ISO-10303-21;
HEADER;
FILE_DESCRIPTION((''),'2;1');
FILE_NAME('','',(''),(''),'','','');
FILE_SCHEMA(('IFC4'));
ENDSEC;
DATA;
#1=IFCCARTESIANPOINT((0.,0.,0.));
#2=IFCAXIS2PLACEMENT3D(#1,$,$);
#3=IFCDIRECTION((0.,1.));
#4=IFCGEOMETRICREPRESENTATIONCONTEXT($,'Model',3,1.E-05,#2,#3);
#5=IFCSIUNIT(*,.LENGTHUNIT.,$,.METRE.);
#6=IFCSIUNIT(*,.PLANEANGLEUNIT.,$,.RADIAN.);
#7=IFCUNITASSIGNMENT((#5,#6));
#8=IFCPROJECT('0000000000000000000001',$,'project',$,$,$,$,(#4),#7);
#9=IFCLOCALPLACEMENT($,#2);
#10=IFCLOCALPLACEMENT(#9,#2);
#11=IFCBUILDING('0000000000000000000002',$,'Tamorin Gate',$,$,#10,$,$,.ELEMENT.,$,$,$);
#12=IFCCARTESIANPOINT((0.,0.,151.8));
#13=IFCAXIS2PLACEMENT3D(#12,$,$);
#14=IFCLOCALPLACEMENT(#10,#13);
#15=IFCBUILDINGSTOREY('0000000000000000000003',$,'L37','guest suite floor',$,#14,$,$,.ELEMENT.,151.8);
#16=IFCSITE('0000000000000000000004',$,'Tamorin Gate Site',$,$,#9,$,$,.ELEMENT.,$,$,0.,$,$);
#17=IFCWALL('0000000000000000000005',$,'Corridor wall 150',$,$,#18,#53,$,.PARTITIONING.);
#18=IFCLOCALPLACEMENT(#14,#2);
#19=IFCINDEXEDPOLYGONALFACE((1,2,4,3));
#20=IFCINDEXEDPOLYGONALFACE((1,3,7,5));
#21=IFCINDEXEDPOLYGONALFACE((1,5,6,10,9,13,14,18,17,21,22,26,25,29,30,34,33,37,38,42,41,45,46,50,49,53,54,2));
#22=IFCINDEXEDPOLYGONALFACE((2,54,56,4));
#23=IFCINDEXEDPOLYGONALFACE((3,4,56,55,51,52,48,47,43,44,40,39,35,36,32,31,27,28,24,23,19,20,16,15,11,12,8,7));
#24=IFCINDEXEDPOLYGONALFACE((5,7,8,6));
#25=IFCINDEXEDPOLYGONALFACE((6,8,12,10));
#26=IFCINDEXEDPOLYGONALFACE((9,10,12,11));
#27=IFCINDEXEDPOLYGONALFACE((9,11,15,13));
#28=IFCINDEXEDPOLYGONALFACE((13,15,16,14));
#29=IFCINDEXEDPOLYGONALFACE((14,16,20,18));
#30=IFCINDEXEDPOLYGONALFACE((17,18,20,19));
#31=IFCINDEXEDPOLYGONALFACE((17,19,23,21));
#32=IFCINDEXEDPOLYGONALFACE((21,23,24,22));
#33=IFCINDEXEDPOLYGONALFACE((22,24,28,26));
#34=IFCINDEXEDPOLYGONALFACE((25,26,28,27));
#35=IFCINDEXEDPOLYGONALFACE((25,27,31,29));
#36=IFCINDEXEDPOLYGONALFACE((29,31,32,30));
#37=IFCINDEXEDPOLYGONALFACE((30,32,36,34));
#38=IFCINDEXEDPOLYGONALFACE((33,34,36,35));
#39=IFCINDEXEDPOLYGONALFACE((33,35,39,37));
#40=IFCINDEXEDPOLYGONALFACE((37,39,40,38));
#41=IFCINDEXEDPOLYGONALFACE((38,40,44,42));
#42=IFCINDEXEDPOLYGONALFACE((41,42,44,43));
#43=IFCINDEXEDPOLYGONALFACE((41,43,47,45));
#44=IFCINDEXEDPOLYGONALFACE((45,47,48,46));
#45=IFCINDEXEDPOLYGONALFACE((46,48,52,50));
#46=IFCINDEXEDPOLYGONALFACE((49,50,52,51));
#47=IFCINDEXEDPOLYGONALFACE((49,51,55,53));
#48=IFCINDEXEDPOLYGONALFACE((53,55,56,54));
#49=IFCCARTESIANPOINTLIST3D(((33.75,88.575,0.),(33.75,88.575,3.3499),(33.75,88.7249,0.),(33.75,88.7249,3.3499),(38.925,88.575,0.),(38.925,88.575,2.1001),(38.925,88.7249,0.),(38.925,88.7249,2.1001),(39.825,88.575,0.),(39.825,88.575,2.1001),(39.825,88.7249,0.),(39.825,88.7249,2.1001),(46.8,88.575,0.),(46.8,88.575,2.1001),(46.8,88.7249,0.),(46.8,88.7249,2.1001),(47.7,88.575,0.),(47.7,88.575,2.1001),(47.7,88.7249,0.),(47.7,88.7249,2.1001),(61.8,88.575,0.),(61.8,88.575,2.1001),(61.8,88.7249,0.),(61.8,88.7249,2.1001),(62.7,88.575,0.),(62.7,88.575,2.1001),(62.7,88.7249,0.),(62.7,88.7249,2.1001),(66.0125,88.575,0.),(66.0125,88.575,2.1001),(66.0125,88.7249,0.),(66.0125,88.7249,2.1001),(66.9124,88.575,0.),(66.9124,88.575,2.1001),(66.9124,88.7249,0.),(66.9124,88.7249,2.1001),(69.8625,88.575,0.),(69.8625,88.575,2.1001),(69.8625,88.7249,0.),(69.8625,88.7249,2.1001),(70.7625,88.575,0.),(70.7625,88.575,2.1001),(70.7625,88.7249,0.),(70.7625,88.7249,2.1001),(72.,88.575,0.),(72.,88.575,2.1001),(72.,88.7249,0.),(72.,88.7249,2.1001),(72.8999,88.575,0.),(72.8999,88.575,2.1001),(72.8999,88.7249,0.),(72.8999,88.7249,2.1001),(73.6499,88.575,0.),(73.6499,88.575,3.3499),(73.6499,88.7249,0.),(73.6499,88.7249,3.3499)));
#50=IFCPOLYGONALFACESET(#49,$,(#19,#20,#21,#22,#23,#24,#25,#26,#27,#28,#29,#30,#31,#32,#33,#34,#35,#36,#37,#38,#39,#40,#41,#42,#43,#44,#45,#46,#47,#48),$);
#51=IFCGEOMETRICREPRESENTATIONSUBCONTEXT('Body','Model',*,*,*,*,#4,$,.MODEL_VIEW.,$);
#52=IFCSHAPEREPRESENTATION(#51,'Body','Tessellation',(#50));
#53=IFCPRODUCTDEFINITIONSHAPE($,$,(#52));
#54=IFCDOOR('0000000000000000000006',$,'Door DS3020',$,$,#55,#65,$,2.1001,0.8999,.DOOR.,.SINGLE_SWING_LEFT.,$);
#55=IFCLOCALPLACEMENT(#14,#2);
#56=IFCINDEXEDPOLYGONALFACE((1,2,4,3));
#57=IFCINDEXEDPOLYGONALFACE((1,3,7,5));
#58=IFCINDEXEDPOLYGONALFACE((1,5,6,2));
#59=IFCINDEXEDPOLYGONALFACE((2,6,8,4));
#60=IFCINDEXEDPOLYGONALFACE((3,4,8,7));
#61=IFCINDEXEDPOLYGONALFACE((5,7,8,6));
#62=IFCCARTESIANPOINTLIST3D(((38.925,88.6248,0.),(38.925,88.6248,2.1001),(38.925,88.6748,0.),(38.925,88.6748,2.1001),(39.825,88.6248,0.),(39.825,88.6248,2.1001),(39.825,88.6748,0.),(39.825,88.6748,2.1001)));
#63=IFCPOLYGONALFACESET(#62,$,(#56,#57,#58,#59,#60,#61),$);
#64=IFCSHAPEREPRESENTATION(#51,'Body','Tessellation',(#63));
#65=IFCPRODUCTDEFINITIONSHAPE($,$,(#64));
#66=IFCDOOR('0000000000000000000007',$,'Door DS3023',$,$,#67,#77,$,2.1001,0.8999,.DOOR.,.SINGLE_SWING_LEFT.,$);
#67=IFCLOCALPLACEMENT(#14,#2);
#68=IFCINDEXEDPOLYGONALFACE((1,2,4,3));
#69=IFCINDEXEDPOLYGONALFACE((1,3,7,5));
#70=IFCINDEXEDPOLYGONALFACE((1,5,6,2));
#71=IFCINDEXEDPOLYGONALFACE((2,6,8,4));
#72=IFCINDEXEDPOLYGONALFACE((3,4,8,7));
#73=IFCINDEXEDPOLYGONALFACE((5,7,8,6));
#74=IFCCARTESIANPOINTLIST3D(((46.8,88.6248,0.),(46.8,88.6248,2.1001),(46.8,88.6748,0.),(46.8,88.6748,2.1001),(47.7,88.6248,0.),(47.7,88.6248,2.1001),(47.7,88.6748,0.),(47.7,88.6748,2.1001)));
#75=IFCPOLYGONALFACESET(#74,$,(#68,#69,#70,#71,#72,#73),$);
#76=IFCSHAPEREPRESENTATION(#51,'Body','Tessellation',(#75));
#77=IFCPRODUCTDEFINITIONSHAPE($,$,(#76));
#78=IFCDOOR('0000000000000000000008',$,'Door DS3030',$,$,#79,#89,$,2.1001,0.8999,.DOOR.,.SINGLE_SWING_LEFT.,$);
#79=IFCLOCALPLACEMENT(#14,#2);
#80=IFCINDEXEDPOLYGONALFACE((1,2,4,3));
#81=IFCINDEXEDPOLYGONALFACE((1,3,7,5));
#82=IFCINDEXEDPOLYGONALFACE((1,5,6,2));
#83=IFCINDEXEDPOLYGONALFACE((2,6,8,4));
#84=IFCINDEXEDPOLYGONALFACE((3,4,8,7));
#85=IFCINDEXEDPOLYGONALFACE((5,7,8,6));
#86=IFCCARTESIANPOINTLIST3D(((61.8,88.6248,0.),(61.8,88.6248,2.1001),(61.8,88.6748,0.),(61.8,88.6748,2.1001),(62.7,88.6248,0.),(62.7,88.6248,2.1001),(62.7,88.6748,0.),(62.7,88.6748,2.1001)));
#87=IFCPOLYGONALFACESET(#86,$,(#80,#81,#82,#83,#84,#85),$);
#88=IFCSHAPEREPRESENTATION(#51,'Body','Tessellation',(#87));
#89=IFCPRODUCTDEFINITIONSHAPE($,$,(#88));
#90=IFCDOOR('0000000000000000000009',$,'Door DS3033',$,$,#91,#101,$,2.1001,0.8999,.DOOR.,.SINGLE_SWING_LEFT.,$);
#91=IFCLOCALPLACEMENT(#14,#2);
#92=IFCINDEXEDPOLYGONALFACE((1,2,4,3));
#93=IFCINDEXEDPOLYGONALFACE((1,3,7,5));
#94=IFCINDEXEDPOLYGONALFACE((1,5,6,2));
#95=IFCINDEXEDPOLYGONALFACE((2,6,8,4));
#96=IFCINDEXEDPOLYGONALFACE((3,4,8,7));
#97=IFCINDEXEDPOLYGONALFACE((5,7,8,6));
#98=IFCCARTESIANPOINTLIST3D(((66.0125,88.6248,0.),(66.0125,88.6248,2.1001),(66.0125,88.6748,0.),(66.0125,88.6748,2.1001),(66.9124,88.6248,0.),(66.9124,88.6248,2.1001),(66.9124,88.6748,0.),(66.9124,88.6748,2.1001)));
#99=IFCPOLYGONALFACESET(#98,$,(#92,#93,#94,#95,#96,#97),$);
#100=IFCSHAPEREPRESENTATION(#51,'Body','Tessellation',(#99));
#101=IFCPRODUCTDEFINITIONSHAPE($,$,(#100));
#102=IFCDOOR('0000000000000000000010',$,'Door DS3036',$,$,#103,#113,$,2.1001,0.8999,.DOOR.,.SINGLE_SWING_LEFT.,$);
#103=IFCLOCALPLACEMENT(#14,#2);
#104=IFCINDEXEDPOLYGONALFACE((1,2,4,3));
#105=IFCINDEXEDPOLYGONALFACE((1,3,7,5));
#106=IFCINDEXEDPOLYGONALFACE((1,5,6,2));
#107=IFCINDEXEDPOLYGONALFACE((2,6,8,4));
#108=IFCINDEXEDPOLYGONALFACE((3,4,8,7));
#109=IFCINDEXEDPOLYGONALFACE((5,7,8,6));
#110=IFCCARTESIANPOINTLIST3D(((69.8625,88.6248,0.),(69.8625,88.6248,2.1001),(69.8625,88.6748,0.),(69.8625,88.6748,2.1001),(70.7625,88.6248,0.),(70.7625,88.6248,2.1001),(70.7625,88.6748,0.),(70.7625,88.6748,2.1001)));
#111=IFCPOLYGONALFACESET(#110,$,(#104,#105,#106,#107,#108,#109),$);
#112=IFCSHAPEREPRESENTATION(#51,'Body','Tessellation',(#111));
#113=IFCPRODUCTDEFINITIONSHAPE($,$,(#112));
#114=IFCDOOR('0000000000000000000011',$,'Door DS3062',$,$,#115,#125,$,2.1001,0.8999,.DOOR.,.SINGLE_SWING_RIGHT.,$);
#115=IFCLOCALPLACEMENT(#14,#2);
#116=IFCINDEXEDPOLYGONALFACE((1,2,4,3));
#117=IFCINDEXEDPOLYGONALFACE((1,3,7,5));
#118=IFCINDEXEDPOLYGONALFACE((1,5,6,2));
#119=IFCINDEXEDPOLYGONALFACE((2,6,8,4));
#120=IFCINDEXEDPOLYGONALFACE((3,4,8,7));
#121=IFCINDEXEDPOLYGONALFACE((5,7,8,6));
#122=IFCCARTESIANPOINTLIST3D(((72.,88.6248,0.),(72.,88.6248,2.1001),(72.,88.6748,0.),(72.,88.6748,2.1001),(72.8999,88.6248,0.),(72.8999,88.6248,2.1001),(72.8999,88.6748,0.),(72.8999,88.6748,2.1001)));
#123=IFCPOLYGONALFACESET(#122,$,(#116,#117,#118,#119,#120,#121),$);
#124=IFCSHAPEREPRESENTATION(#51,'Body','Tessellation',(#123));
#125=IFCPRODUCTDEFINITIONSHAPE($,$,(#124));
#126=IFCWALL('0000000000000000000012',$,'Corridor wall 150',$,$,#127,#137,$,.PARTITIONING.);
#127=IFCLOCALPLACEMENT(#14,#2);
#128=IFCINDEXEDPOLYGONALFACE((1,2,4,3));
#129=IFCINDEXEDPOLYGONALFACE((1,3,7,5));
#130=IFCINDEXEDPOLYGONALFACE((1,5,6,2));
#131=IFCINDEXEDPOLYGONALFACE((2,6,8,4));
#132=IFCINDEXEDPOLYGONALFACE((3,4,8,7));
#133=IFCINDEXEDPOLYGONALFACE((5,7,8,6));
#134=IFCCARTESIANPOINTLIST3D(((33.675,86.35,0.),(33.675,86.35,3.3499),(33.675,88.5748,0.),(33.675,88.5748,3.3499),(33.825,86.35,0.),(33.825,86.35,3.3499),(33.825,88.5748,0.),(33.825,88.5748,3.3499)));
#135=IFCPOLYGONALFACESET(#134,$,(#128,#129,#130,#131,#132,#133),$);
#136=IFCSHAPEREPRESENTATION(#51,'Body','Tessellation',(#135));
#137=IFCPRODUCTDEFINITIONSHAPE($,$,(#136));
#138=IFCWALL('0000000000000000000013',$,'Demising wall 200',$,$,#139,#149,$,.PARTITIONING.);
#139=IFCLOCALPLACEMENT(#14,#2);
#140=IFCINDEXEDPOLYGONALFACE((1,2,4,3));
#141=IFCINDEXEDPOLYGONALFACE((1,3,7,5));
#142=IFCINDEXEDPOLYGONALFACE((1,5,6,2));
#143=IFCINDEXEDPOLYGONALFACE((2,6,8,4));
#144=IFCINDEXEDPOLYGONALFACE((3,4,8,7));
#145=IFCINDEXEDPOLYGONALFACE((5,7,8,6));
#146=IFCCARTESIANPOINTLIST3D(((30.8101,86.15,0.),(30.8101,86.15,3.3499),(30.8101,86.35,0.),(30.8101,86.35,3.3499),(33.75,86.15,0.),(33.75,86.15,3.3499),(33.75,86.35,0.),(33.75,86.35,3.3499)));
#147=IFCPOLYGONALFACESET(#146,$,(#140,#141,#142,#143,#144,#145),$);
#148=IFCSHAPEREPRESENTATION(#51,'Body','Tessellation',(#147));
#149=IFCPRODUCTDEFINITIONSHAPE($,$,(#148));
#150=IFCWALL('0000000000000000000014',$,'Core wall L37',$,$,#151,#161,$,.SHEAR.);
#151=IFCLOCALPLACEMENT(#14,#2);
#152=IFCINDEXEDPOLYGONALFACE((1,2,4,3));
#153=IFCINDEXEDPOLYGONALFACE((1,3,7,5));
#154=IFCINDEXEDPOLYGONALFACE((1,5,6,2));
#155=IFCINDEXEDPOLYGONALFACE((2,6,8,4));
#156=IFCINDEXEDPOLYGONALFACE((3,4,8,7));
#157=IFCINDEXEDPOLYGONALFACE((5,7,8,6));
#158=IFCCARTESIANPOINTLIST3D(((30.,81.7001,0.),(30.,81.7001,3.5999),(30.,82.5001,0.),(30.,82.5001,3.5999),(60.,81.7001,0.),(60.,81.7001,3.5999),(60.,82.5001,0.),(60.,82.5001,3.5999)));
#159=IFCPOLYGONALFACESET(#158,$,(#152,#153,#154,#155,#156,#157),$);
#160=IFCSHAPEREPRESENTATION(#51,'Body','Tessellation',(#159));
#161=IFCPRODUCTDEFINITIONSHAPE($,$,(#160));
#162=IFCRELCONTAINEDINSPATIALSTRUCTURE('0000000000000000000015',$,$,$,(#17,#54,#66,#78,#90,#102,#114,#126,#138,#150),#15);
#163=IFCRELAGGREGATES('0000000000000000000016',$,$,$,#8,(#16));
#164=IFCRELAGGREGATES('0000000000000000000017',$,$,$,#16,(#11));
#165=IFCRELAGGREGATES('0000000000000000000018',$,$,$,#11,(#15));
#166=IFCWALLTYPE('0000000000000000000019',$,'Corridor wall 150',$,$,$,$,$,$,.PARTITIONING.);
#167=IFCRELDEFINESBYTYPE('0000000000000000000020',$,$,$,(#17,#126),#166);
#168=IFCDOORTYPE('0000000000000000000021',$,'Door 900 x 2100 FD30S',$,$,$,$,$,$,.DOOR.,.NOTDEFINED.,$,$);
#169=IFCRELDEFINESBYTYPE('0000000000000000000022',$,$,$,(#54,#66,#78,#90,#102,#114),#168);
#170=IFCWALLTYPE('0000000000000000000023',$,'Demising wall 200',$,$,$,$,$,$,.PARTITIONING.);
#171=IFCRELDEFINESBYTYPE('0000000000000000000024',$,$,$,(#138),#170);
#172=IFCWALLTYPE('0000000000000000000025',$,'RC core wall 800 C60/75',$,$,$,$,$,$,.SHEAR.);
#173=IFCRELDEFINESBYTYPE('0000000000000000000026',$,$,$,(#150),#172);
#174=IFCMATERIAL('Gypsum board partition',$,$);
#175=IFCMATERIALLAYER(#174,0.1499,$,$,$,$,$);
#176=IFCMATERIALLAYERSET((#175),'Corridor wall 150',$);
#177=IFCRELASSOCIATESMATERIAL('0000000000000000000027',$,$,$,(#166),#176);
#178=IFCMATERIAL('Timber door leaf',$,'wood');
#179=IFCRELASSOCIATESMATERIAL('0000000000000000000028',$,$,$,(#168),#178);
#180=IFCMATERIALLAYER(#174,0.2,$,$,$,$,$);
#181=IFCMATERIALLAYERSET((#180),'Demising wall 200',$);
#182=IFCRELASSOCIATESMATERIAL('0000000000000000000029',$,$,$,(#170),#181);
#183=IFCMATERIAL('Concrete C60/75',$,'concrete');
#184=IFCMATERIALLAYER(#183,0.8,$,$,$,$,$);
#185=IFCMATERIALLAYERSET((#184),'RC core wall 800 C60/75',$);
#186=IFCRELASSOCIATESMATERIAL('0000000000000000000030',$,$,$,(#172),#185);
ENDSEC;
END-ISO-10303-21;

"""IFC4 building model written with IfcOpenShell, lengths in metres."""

from ifc_helpers import new_model, si_unit, direction, frame, frame_2d, origin, place, context, subcontext, project, spatial, rectangle, extrude, material, layer, layer_set, type_object, element, fill, save


model = new_model("IFC4")

# Units and contexts
model_context = context("Model", 3, precision=1e-05, world=origin(), true_north=direction((0.0, 1.0)))
body_context = subcontext(model_context, "Body", "Model", "MODEL_VIEW")
ifc_project = project(units=[si_unit("LENGTHUNIT", "METRE"), si_unit("PLANEANGLEUNIT", "RADIAN")], contexts=[model_context])

# Site, building, storey
site_placement = place(None, origin())
site = spatial("IfcSite", under=ifc_project, at=site_placement, Name="Tamorin Gate Site", CompositionType="ELEMENT", RefElevation=0.0)
building_placement = place(site_placement, origin())
building = spatial("IfcBuilding", under=site, at=building_placement, Name="Tamorin Gate", CompositionType="ELEMENT")
storey_placement = place(building_placement, frame((0.0, 0.0, 151.8)))
storey = spatial("IfcBuildingStorey", under=building, at=storey_placement, Name="L37", Description="guest suite floor", CompositionType="ELEMENT", Elevation=151.8)

# Shared definitions
ifc_material_1 = material(Name="Gypsum board partition")
ifc_layer_1 = layer(ifc_material_1, 0.1499)
ifc_layer_set_1 = layer_set([ifc_layer_1], Name="Corridor wall 150")
wall_type_1 = type_object("IfcWallType", Name="Corridor wall 150", PredefinedType="PARTITIONING", material=ifc_layer_set_1)
ifc_material_2 = material(Name="Timber door leaf", Category="wood")
door_type_1 = type_object("IfcDoorType", Name="Door 900 x 2100 FD30S", OperationType="NOTDEFINED", PredefinedType="DOOR", material=ifc_material_2)

# Wall, openings, doors
wall_1_placement = place(storey_placement, frame((33.75, 88.6499, 0.0), z_axis=(0.0, 0.0, 1.0), x_axis=(1.0, 0.0, 0.0)))
wall_1 = element("IfcWall", 1, at=wall_1_placement, inside=storey, type_object=wall_type_1, Name="Corridor wall 150", PredefinedType="PARTITIONING", context=body_context, shape_type="SweptSolid", body=[
    extrude(rectangle(XDim=39.8999, YDim=0.1499, at=frame_2d((19.95, 0.0))), origin(), (0.0, 0.0, 1.0), 3.3499),
])
opening_1_placement = place(wall_1_placement, frame((5.175, 0.0, 0.0)))
opening_1 = element("IfcOpeningElement", 2, at=opening_1_placement, cuts=wall_1, PredefinedType="OPENING", context=body_context, shape_type="SweptSolid", body=[
    extrude(rectangle(XDim=0.8999, YDim=2.1001, at=frame_2d((0.45, 1.05))), frame((0.0, 0.085, 0.0), z_axis=(0.0, -1.0, 0.0), x_axis=(1.0, 0.0, 0.0)), (0.0, 0.0, 1.0), 0.1699),
])
opening_2_placement = place(wall_1_placement, frame((13.05, 0.0, 0.0)))
opening_2 = element("IfcOpeningElement", 3, at=opening_2_placement, cuts=wall_1, PredefinedType="OPENING", context=body_context, shape_type="SweptSolid", body=[
    extrude(rectangle(XDim=0.8999, YDim=2.1001, at=frame_2d((0.45, 1.05))), frame((0.0, 0.085, 0.0), z_axis=(0.0, -1.0, 0.0), x_axis=(1.0, 0.0, 0.0)), (0.0, 0.0, 1.0), 0.1699),
])
opening_3_placement = place(wall_1_placement, frame((28.05, 0.0, 0.0)))
opening_3 = element("IfcOpeningElement", 4, at=opening_3_placement, cuts=wall_1, PredefinedType="OPENING", context=body_context, shape_type="SweptSolid", body=[
    extrude(rectangle(XDim=0.8999, YDim=2.1001, at=frame_2d((0.45, 1.05))), frame((0.0, 0.085, 0.0), z_axis=(0.0, -1.0, 0.0), x_axis=(1.0, 0.0, 0.0)), (0.0, 0.0, 1.0), 0.1699),
])
opening_4_placement = place(wall_1_placement, frame((32.2625, 0.0, 0.0)))
opening_4 = element("IfcOpeningElement", 5, at=opening_4_placement, cuts=wall_1, PredefinedType="OPENING", context=body_context, shape_type="SweptSolid", body=[
    extrude(rectangle(XDim=0.8999, YDim=2.1001, at=frame_2d((0.45, 1.05))), frame((0.0, 0.085, 0.0), z_axis=(0.0, -1.0, 0.0), x_axis=(1.0, 0.0, 0.0)), (0.0, 0.0, 1.0), 0.1699),
])
opening_5_placement = place(wall_1_placement, frame((36.1125, 0.0, 0.0)))
opening_5 = element("IfcOpeningElement", 6, at=opening_5_placement, cuts=wall_1, PredefinedType="OPENING", context=body_context, shape_type="SweptSolid", body=[
    extrude(rectangle(XDim=0.8999, YDim=2.1001, at=frame_2d((0.45, 1.05))), frame((0.0, 0.085, 0.0), z_axis=(0.0, -1.0, 0.0), x_axis=(1.0, 0.0, 0.0)), (0.0, 0.0, 1.0), 0.1699),
])
opening_6_placement = place(wall_1_placement, frame((38.25, 0.0, 0.0)))
opening_6 = element("IfcOpeningElement", 7, at=opening_6_placement, cuts=wall_1, PredefinedType="OPENING", context=body_context, shape_type="SweptSolid", body=[
    extrude(rectangle(XDim=0.8999, YDim=2.1001, at=frame_2d((0.45, 1.05))), frame((0.0, 0.085, 0.0), z_axis=(0.0, -1.0, 0.0), x_axis=(1.0, 0.0, 0.0)), (0.0, 0.0, 1.0), 0.1699),
])
door_1_placement = place(opening_1_placement, origin())
door_1 = element("IfcDoor", 8, at=door_1_placement, inside=storey, type_object=door_type_1, Name="Door DS3020", OperationType="SINGLE_SWING_LEFT", OverallHeight=2.1001, OverallWidth=0.8999, PredefinedType="DOOR", context=body_context, shape_type="SweptSolid", body=[
    extrude(rectangle(XDim=0.8999, YDim=2.1001, at=frame_2d((0.45, 1.05))), frame((0.0, 0.0249, 0.0), z_axis=(0.0, -1.0, 0.0), x_axis=(1.0, 0.0, 0.0)), (0.0, 0.0, 1.0), 0.05),
])
fill(opening_1, door_1)
door_2_placement = place(opening_2_placement, origin())
door_2 = element("IfcDoor", 9, at=door_2_placement, inside=storey, type_object=door_type_1, Name="Door DS3023", OperationType="SINGLE_SWING_LEFT", OverallHeight=2.1001, OverallWidth=0.8999, PredefinedType="DOOR", context=body_context, shape_type="SweptSolid", body=[
    extrude(rectangle(XDim=0.8999, YDim=2.1001, at=frame_2d((0.45, 1.05))), frame((0.0, 0.0249, 0.0), z_axis=(0.0, -1.0, 0.0), x_axis=(1.0, 0.0, 0.0)), (0.0, 0.0, 1.0), 0.05),
])
fill(opening_2, door_2)
door_3_placement = place(opening_3_placement, origin())
door_3 = element("IfcDoor", 10, at=door_3_placement, inside=storey, type_object=door_type_1, Name="Door DS3030", OperationType="SINGLE_SWING_LEFT", OverallHeight=2.1001, OverallWidth=0.8999, PredefinedType="DOOR", context=body_context, shape_type="SweptSolid", body=[
    extrude(rectangle(XDim=0.8999, YDim=2.1001, at=frame_2d((0.45, 1.05))), frame((0.0, 0.0249, 0.0), z_axis=(0.0, -1.0, 0.0), x_axis=(1.0, 0.0, 0.0)), (0.0, 0.0, 1.0), 0.05),
])
fill(opening_3, door_3)
door_4_placement = place(opening_4_placement, origin())
door_4 = element("IfcDoor", 11, at=door_4_placement, inside=storey, type_object=door_type_1, Name="Door DS3033", OperationType="SINGLE_SWING_LEFT", OverallHeight=2.1001, OverallWidth=0.8999, PredefinedType="DOOR", context=body_context, shape_type="SweptSolid", body=[
    extrude(rectangle(XDim=0.8999, YDim=2.1001, at=frame_2d((0.45, 1.05))), frame((0.0, 0.0249, 0.0), z_axis=(0.0, -1.0, 0.0), x_axis=(1.0, 0.0, 0.0)), (0.0, 0.0, 1.0), 0.05),
])
fill(opening_4, door_4)
door_5_placement = place(opening_5_placement, origin())
door_5 = element("IfcDoor", 12, at=door_5_placement, inside=storey, type_object=door_type_1, Name="Door DS3036", OperationType="SINGLE_SWING_LEFT", OverallHeight=2.1001, OverallWidth=0.8999, PredefinedType="DOOR", context=body_context, shape_type="SweptSolid", body=[
    extrude(rectangle(XDim=0.8999, YDim=2.1001, at=frame_2d((0.45, 1.05))), frame((0.0, 0.0249, 0.0), z_axis=(0.0, -1.0, 0.0), x_axis=(1.0, 0.0, 0.0)), (0.0, 0.0, 1.0), 0.05),
])
fill(opening_5, door_5)
door_6_placement = place(opening_6_placement, origin())
door_6 = element("IfcDoor", 13, at=door_6_placement, inside=storey, type_object=door_type_1, Name="Door DS3062", OperationType="SINGLE_SWING_RIGHT", OverallHeight=2.1001, OverallWidth=0.8999, PredefinedType="DOOR", context=body_context, shape_type="SweptSolid", body=[
    extrude(rectangle(XDim=0.8999, YDim=2.1001, at=frame_2d((0.45, 1.05))), frame((0.0, 0.0249, 0.0), z_axis=(0.0, -1.0, 0.0), x_axis=(1.0, 0.0, 0.0)), (0.0, 0.0, 1.0), 0.05),
])
fill(opening_6, door_6)

# Walls
wall_2_placement = place(storey_placement, frame((33.75, 86.3501, 0.0), z_axis=(0.0, 0.0, 1.0), x_axis=(0.0, 1.0, 0.0)))
element("IfcWall", 14, at=wall_2_placement, inside=storey, type_object=wall_type_1, Name="Corridor wall 150", PredefinedType="PARTITIONING", context=body_context, shape_type="SweptSolid", body=[
    extrude(rectangle(XDim=2.2249, YDim=0.1499, at=frame_2d((1.1123, 0.0))), origin(), (0.0, 0.0, 1.0), 3.3499),
])
ifc_layer_2 = layer(ifc_material_1, 0.2)
ifc_layer_set_2 = layer_set([ifc_layer_2], Name="Demising wall 200")
wall_type_2 = type_object("IfcWallType", Name="Demising wall 200", PredefinedType="PARTITIONING", material=ifc_layer_set_2)
wall_3_placement = place(storey_placement, frame((30.8101, 86.25, 0.0), z_axis=(0.0, 0.0, 1.0), x_axis=(1.0, 0.0, 0.0)))
element("IfcWall", 15, at=wall_3_placement, inside=storey, type_object=wall_type_2, Name="Demising wall 200", PredefinedType="PARTITIONING", context=body_context, shape_type="SweptSolid", body=[
    extrude(rectangle(XDim=2.9399, YDim=0.2, at=frame_2d((1.47, 0.0))), origin(), (0.0, 0.0, 1.0), 3.3499),
])
ifc_material_3 = material(Name="Concrete C60/75", Category="concrete")
ifc_layer_3 = layer(ifc_material_3, 0.8)
ifc_layer_set_3 = layer_set([ifc_layer_3], Name="RC core wall 800 C60/75")
wall_type_3 = type_object("IfcWallType", Name="RC core wall 800 C60/75", PredefinedType="SHEAR", material=ifc_layer_set_3)
wall_4_placement = place(storey_placement, frame((30.0, 82.1001, 0.0), z_axis=(0.0, 0.0, 1.0), x_axis=(1.0, 0.0, 0.0)))
element("IfcWall", 16, at=wall_4_placement, inside=storey, type_object=wall_type_3, Name="Core wall L37", PredefinedType="SHEAR", context=body_context, shape_type="SweptSolid", body=[
    extrude(rectangle(XDim=30.0, YDim=0.8, at=frame_2d((15.0, 0.0))), origin(), (0.0, 0.0, 1.0), 3.5999),
])

save(model, "model.ifc")
